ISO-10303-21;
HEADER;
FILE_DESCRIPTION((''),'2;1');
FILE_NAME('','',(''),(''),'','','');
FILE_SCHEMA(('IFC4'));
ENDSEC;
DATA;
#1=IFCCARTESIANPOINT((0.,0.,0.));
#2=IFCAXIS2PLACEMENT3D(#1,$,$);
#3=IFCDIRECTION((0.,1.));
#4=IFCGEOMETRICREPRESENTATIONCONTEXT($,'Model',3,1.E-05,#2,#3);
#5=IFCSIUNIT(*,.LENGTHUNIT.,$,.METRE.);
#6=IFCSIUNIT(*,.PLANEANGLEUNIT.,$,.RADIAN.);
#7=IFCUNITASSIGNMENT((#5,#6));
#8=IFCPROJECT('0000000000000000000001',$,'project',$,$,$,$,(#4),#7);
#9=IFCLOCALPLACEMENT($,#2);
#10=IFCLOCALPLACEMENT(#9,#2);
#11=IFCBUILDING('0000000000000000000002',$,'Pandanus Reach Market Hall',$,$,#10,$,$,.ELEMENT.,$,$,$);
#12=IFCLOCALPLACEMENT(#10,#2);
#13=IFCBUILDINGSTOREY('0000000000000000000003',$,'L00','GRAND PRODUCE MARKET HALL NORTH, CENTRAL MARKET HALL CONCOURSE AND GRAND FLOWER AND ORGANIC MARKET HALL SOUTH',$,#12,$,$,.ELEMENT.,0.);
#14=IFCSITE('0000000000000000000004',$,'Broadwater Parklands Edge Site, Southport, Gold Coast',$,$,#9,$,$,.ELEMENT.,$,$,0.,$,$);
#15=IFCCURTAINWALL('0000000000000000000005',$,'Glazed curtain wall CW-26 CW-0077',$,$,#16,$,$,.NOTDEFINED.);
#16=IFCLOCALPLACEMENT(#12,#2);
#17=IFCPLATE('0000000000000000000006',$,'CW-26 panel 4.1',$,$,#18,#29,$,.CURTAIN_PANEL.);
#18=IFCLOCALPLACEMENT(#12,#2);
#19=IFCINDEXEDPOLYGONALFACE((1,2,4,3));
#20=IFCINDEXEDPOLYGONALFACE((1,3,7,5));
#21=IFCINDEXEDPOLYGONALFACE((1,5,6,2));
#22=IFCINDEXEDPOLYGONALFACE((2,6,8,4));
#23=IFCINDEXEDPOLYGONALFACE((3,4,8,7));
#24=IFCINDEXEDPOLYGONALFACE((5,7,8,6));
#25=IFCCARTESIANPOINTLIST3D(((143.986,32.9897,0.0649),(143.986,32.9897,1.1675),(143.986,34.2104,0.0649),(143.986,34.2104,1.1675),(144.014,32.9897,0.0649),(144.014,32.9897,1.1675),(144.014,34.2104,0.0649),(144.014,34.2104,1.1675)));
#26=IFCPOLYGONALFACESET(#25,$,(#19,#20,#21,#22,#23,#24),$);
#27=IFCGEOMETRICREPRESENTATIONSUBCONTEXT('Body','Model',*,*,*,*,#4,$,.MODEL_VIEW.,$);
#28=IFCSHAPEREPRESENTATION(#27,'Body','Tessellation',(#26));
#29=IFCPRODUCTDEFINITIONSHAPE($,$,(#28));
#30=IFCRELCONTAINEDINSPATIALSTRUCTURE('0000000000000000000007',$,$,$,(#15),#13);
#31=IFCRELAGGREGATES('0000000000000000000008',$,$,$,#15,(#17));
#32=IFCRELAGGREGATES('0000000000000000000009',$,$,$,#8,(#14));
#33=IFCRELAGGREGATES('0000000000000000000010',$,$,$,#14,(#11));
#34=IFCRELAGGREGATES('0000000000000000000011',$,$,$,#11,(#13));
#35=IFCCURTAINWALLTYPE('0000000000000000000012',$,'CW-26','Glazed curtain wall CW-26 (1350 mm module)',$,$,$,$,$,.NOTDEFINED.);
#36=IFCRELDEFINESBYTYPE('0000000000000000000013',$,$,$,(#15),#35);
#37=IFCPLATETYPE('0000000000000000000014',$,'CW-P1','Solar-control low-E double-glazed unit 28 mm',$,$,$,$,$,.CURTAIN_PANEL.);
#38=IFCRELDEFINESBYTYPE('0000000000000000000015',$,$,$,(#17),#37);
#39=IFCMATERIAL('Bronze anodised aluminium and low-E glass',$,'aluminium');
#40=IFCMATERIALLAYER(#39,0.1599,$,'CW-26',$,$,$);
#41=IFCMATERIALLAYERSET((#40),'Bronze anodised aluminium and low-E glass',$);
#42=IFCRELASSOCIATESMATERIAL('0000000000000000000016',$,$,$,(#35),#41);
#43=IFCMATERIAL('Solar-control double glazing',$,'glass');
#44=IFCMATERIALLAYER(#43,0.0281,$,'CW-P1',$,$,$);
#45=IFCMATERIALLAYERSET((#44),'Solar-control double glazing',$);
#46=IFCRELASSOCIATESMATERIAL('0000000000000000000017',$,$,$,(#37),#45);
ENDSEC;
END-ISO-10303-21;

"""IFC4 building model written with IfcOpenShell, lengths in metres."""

from ifc_helpers import new_model, si_unit, direction, frame, origin, origin_2d, place, context, subcontext, project, spatial, rectangle, extrude, material, layer, layer_set, type_object, element, aggregate, save


model = new_model("IFC4")

# Units and contexts
model_context = context("Model", 3, precision=1e-05, world=origin(), true_north=direction((0.0, 1.0)))
body_context = subcontext(model_context, "Body", "Model", "MODEL_VIEW")
ifc_project = project(units=[si_unit("LENGTHUNIT", "METRE"), si_unit("PLANEANGLEUNIT", "RADIAN")], contexts=[model_context])

# Site, building, storey
site_placement = place(None, origin())
site = spatial("IfcSite", under=ifc_project, at=site_placement, Name="Broadwater Parklands Edge Site, Southport, Gold Coast", CompositionType="ELEMENT", RefElevation=0.0)
building_placement = place(site_placement, origin())
building = spatial("IfcBuilding", under=site, at=building_placement, Name="Pandanus Reach Market Hall", CompositionType="ELEMENT")
storey_placement = place(building_placement, origin())
storey = spatial("IfcBuildingStorey", under=building, at=storey_placement, Name="L00", Description="GRAND PRODUCE MARKET HALL NORTH, CENTRAL MARKET HALL CONCOURSE AND GRAND FLOWER AND ORGANIC MARKET HALL SOUTH", CompositionType="ELEMENT", Elevation=0.0)

# Curtain wall
ifc_material_1 = material(Name="Bronze anodised aluminium and low-E glass", Category="aluminium")
ifc_layer_1 = layer(ifc_material_1, 0.1599, Name="CW-26")
ifc_layer_set_1 = layer_set([ifc_layer_1], Name="Bronze anodised aluminium and low-E glass")
curtain_wall_type = type_object("IfcCurtainWallType", Name="CW-26", Description="Glazed curtain wall CW-26 (1350 mm module)", PredefinedType="NOTDEFINED", material=ifc_layer_set_1)
curtain_wall_placement = place(storey_placement, origin())
curtain_wall = element("IfcCurtainWall", 1, at=curtain_wall_placement, inside=storey, type_object=curtain_wall_type, Name="Glazed curtain wall CW-26 CW-0077", PredefinedType="NOTDEFINED")

# Plate
ifc_material_2 = material(Name="Solar-control double glazing", Category="glass")
ifc_layer_2 = layer(ifc_material_2, 0.0281, Name="CW-P1")
ifc_layer_set_2 = layer_set([ifc_layer_2], Name="Solar-control double glazing")
plate_type = type_object("IfcPlateType", Name="CW-P1", Description="Solar-control low-E double-glazed unit 28 mm", PredefinedType="CURTAIN_PANEL", material=ifc_layer_set_2)
plate_1_placement = place(storey_placement, frame((144.0, 33.6001, 0.0649), z_axis=(0.0, 0.0, 1.0), x_axis=(0.0, 1.0, 0.0)))
plate_1 = element("IfcPlate", 2, at=plate_1_placement, type_object=plate_type, Name="CW-26 panel 4.1", PredefinedType="CURTAIN_PANEL", context=body_context, shape_type="SweptSolid", body=[
    extrude(rectangle(XDim=1.2207, YDim=0.0281, at=origin_2d()), origin(), (0.0, 0.0, 1.0), 1.1025),
])
aggregate(curtain_wall, [plate_1])

save(model, "model.ifc")
